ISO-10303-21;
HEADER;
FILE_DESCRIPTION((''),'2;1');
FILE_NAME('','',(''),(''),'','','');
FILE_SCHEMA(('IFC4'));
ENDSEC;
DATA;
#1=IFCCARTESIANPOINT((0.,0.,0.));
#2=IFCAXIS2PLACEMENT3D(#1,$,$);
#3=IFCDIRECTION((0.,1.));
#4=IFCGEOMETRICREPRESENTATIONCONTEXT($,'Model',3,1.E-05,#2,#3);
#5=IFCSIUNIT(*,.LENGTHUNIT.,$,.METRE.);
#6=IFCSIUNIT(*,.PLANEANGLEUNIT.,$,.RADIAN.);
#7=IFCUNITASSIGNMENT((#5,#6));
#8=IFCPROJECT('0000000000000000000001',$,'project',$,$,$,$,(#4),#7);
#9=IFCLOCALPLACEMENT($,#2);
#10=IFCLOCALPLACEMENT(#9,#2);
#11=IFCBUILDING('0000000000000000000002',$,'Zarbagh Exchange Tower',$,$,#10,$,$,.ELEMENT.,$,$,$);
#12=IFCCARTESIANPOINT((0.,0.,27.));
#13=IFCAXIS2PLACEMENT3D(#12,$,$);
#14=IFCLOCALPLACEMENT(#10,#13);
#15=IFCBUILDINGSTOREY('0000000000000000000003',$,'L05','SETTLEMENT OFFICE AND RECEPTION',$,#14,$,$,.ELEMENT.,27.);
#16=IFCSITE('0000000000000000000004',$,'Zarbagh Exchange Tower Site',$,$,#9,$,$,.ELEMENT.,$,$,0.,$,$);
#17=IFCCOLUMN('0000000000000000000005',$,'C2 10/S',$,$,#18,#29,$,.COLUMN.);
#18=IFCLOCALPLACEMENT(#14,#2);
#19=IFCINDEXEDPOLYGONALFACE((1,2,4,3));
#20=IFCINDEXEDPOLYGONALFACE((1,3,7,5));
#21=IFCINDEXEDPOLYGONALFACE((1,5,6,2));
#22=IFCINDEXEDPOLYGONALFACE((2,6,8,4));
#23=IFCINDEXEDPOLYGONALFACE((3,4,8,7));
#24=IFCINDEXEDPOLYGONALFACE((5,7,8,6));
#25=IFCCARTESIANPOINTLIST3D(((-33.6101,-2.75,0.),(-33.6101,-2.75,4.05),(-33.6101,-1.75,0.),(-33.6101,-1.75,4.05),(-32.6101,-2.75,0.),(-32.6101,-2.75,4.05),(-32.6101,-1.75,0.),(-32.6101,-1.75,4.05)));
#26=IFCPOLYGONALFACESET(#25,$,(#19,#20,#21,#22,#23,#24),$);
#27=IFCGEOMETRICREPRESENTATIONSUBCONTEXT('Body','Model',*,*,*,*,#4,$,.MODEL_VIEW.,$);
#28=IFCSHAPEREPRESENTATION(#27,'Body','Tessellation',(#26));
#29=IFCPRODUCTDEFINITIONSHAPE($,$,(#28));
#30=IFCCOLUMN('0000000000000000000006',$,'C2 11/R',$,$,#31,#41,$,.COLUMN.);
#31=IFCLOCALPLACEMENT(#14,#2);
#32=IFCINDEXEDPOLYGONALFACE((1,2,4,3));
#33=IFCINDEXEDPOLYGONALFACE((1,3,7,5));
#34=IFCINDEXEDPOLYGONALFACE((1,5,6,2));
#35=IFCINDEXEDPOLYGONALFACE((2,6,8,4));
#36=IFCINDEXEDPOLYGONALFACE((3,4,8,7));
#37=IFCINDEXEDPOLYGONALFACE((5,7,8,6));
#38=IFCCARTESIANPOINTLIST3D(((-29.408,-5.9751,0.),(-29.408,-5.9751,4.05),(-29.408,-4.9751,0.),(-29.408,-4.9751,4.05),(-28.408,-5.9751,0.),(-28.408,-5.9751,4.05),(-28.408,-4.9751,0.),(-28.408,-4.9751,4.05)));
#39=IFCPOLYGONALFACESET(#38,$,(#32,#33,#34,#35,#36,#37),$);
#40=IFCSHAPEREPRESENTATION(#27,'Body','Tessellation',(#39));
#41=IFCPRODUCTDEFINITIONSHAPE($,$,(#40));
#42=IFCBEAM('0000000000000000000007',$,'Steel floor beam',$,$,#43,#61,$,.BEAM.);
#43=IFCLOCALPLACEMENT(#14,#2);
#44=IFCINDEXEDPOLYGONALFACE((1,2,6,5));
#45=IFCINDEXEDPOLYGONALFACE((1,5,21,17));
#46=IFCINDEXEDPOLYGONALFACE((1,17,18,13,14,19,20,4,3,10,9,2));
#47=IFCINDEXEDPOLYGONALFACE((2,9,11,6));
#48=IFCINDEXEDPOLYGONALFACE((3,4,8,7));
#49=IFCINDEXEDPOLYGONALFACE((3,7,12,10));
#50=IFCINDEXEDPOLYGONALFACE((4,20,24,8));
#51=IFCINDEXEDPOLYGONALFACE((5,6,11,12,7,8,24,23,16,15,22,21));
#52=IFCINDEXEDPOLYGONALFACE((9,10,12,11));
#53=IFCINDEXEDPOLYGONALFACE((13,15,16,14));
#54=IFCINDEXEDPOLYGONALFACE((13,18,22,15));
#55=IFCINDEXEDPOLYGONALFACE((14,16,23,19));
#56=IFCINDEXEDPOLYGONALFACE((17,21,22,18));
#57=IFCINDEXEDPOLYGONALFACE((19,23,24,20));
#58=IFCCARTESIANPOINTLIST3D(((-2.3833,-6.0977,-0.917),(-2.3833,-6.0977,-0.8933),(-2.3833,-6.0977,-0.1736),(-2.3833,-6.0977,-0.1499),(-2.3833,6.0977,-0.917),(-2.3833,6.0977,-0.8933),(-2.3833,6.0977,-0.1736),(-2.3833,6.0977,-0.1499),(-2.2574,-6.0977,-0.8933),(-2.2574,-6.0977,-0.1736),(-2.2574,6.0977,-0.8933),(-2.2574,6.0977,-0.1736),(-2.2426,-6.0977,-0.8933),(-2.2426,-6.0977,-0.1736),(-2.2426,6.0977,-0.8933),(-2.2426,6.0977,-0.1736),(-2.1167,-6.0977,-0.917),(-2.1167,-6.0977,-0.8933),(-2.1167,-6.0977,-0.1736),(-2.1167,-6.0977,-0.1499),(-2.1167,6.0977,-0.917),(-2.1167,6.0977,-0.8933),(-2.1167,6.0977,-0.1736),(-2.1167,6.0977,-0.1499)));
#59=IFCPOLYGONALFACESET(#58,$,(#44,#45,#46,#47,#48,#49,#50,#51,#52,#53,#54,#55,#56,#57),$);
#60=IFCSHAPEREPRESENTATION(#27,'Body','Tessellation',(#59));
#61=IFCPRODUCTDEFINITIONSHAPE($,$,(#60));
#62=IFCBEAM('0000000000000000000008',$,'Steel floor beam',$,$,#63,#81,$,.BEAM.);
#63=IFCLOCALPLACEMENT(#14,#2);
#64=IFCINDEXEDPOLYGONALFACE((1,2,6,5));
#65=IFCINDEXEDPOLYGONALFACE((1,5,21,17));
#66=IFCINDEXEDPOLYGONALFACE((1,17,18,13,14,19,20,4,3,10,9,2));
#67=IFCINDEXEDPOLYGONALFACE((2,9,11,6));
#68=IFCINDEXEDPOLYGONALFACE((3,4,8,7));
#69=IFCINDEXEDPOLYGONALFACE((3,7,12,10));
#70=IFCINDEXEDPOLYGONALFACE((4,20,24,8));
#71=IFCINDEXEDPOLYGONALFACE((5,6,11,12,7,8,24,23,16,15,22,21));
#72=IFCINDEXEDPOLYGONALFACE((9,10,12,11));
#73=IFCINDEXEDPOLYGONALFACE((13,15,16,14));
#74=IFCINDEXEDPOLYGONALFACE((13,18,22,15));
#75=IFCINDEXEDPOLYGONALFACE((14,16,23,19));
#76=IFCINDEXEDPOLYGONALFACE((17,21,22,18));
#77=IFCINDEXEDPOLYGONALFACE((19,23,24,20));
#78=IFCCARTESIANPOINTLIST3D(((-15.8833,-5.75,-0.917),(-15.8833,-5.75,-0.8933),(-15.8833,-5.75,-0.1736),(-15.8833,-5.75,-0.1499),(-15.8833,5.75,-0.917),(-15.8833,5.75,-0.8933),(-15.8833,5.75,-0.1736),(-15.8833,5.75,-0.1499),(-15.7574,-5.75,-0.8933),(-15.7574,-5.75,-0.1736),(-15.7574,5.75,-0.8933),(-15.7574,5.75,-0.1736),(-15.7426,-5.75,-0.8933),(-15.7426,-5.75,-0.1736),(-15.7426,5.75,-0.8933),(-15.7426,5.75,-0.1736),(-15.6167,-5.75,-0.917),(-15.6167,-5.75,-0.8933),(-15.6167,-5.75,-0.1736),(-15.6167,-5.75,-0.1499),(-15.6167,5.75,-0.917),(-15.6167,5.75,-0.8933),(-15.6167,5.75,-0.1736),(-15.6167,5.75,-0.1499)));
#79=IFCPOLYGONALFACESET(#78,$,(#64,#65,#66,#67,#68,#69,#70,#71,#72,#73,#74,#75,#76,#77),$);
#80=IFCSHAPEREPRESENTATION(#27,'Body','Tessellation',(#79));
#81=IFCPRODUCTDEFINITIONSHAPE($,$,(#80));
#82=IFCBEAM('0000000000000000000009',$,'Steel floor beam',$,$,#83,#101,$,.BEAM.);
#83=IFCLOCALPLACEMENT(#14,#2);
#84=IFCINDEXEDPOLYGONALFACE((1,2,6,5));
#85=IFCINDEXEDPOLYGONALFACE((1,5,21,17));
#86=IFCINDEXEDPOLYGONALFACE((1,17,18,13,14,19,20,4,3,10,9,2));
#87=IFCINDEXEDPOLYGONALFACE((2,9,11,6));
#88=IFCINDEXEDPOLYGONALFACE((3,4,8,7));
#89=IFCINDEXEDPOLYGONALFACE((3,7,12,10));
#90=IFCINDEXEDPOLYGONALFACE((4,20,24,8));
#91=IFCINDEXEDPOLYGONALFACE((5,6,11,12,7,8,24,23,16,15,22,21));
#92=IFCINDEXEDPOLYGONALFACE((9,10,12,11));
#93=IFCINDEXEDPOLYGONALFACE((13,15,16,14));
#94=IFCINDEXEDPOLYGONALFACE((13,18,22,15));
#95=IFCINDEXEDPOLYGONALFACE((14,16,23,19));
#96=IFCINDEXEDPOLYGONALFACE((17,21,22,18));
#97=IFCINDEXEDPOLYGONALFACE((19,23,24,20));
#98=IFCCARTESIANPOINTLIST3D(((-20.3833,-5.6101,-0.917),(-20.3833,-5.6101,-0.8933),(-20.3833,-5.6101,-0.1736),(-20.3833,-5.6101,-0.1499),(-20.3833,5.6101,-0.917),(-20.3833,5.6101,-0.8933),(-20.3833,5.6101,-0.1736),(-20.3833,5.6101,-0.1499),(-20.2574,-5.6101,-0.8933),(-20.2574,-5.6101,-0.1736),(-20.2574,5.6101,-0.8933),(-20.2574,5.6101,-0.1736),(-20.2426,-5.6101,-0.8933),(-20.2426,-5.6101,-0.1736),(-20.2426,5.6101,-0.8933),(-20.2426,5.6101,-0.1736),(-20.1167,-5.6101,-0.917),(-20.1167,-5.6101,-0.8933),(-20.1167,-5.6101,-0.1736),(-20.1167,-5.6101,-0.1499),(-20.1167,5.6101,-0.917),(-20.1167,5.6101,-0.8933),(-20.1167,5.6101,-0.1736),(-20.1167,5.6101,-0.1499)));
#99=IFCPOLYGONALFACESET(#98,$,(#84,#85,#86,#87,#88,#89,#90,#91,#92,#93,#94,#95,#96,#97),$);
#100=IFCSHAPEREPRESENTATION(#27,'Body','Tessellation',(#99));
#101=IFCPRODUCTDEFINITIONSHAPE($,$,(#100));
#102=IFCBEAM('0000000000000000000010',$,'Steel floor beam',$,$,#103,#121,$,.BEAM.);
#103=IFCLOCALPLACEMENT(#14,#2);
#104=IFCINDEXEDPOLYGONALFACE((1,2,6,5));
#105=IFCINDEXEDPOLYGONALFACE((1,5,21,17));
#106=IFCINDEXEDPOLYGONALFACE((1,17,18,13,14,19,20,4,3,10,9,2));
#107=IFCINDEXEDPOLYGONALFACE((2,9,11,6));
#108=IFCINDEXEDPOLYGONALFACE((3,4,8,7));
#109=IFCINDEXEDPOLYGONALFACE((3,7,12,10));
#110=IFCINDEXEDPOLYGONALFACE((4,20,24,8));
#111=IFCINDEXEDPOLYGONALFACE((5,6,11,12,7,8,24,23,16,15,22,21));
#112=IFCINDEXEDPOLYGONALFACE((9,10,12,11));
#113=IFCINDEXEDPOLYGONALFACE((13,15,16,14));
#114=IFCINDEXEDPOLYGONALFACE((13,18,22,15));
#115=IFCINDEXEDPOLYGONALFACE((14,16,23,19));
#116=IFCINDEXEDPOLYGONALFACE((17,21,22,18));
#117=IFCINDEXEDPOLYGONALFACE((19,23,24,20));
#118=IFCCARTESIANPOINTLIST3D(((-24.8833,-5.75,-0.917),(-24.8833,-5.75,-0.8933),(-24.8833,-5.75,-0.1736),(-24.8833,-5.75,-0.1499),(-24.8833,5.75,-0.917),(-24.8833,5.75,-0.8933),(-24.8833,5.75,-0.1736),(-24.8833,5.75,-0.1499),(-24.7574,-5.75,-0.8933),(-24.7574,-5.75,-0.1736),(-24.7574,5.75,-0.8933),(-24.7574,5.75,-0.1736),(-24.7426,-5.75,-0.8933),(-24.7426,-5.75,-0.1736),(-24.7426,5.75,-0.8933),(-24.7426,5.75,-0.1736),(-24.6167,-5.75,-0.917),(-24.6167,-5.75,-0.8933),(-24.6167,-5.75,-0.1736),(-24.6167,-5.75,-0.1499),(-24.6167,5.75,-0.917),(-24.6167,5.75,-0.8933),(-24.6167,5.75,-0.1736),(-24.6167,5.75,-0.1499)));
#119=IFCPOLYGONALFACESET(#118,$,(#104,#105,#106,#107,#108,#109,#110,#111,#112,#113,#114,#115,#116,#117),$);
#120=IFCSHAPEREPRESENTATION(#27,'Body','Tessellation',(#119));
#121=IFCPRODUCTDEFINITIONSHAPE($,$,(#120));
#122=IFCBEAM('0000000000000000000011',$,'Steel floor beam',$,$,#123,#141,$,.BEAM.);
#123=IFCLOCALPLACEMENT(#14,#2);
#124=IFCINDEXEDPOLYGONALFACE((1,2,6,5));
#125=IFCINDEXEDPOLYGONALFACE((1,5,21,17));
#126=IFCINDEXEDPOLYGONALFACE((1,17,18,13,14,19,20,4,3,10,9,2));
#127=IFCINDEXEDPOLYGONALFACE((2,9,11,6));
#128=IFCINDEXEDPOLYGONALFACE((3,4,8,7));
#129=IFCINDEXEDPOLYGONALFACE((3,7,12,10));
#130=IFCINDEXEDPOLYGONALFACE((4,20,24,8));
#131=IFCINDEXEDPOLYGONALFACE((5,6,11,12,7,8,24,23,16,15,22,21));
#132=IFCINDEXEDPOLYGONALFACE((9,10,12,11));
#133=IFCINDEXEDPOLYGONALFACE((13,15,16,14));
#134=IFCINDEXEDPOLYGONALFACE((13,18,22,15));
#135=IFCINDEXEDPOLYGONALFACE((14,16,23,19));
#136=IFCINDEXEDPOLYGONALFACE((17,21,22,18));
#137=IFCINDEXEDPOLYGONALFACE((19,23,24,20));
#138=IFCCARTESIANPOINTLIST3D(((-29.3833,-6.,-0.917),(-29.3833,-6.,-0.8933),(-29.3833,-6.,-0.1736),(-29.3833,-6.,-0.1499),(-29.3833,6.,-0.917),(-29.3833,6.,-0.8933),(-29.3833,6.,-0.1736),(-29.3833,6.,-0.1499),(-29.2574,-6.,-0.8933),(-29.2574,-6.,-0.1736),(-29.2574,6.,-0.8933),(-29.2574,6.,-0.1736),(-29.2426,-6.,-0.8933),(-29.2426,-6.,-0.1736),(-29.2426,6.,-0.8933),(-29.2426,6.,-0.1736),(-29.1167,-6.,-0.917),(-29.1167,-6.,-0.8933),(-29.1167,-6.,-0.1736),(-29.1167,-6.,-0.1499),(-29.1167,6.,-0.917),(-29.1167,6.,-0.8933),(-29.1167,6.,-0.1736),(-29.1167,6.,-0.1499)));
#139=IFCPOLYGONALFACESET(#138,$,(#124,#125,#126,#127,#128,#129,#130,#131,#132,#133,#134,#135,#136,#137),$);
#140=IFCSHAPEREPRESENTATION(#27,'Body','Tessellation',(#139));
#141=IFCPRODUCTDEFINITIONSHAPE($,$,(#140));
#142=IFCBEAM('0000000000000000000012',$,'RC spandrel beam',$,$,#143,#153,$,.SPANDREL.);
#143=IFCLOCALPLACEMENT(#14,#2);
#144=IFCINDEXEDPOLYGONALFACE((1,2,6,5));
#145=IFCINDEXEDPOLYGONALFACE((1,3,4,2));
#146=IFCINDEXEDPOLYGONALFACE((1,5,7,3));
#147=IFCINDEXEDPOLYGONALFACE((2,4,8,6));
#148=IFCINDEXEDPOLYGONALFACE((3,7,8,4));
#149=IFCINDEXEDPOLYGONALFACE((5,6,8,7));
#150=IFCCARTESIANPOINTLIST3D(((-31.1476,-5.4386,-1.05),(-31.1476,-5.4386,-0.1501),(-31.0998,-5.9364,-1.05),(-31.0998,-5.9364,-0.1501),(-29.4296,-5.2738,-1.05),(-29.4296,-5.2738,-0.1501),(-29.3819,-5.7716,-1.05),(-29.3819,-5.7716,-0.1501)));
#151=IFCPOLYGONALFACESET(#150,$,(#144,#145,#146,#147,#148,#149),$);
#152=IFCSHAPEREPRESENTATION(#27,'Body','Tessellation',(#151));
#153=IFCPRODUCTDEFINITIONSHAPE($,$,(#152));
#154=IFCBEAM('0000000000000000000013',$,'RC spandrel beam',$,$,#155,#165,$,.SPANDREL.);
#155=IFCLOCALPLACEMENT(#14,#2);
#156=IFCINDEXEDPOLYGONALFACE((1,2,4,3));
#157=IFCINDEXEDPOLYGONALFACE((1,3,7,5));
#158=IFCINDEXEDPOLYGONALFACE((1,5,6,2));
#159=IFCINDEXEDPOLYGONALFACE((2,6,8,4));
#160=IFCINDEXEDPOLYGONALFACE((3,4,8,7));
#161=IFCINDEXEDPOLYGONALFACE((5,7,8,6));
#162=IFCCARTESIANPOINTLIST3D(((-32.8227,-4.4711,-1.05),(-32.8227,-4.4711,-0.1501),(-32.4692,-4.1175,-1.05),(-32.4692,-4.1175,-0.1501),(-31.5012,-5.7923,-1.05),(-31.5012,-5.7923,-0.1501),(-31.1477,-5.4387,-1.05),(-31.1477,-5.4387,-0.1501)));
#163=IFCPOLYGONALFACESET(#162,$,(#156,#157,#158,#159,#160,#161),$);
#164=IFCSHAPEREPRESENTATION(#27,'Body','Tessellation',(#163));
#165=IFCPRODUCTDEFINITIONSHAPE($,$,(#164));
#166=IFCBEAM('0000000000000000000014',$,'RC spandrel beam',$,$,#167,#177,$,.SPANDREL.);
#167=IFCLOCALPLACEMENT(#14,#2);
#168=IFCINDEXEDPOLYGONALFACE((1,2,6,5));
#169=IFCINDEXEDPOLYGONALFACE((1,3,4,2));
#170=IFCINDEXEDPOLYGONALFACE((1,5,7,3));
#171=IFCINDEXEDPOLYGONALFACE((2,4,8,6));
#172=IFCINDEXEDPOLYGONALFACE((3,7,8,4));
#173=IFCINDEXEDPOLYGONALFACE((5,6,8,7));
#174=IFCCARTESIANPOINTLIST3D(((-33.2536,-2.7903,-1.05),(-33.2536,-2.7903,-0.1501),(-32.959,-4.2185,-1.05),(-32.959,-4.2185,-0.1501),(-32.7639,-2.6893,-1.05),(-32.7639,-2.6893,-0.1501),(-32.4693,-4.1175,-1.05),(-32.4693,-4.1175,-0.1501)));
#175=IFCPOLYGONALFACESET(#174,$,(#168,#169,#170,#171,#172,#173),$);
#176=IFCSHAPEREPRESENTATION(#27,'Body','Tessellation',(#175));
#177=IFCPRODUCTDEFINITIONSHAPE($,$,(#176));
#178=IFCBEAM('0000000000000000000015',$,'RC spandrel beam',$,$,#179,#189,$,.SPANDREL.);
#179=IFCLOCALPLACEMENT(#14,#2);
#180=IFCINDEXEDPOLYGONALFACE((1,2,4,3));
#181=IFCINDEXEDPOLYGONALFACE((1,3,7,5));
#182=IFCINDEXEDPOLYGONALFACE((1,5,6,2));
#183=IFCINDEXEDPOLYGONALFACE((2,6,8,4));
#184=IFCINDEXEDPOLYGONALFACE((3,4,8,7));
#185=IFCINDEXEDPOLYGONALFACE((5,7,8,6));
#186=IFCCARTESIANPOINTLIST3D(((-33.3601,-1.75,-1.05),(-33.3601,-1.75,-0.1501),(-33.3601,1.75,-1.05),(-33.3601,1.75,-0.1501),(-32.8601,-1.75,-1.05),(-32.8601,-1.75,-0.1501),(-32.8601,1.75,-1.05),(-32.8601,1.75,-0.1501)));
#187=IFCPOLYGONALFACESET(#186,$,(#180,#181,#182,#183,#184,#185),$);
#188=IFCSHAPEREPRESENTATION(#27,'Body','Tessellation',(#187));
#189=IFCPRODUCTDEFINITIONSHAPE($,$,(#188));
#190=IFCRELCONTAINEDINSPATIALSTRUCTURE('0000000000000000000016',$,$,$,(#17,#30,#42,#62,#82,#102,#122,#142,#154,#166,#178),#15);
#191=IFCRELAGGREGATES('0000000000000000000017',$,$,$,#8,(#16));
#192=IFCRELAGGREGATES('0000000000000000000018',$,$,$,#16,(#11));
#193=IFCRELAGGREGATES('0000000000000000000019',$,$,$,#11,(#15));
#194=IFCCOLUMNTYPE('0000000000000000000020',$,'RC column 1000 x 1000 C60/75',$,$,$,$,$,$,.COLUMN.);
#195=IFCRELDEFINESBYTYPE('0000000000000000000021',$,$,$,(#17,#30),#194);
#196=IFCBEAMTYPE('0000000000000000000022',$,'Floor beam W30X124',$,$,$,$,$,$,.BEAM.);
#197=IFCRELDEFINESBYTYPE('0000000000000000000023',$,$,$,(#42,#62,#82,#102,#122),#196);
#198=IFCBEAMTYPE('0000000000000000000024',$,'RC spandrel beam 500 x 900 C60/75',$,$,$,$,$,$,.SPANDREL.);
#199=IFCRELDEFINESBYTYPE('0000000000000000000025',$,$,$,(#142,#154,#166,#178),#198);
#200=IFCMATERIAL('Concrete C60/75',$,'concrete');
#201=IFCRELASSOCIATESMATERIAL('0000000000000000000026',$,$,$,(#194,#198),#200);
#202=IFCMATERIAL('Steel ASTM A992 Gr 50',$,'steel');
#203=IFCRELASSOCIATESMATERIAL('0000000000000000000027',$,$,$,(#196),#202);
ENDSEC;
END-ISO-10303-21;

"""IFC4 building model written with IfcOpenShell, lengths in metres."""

from ifc_helpers import new_model, si_unit, direction, frame, origin, origin_2d, place, context, subcontext, project, spatial, rectangle, i_section, extrude, material, material_profile, profile_set, type_object, element, save


model = new_model("IFC4")

# Units and contexts
model_context = context("Model", 3, precision=1e-05, world=origin(), true_north=direction((0.0, 1.0)))
body_context = subcontext(model_context, "Body", "Model", "MODEL_VIEW")
ifc_project = project(units=[si_unit("LENGTHUNIT", "METRE"), si_unit("PLANEANGLEUNIT", "RADIAN")], contexts=[model_context])

# Site, building, storey
site_placement = place(None, origin())
site = spatial("IfcSite", under=ifc_project, at=site_placement, Name="Zarbagh Exchange Tower Site", CompositionType="ELEMENT", RefElevation=0.0)
building_placement = place(site_placement, origin())
building = spatial("IfcBuilding", under=site, at=building_placement, Name="Zarbagh Exchange Tower", CompositionType="ELEMENT")
storey_placement = place(building_placement, frame((0.0, 0.0, 27.0)))
storey = spatial("IfcBuildingStorey", under=building, at=storey_placement, Name="L05", Description="SETTLEMENT OFFICE AND RECEPTION", CompositionType="ELEMENT", Elevation=27.0)

# Columns
ifc_material_1 = material(Name="Concrete C60/75", Category="concrete")
ifc_material_profile_1 = material_profile(ifc_material_1, rectangle(XDim=1.0, YDim=1.0, at=origin_2d()), Name="RC column 1000 x 1000 C60/75")
ifc_profile_set_1 = profile_set([ifc_material_profile_1], Name="Concrete C60/75")
column_type = type_object("IfcColumnType", Name="RC column 1000 x 1000 C60/75", PredefinedType="COLUMN", material=ifc_profile_set_1)
for number, where, z_axis, x_axis, name in (
    (1, (-33.1101, -2.25, 0.0), (0.0, 0.0, 1.0), (1.0, 0.0, 0.0), "C2 10/S"),
    (2, (-28.908, -5.4751, 0.0), (0.0, 0.0, 1.0), (1.0, 0.0, 0.0), "C2 11/R"),
):
    element("IfcColumn", number, at=place(storey_placement, frame(where, z_axis=z_axis, x_axis=x_axis)), inside=storey, type_object=column_type, Name=name, PredefinedType="COLUMN", context=body_context, shape_type="SweptSolid", body=[
        extrude(rectangle(XDim=1.0, YDim=1.0, at=origin_2d()), origin(), (0.0, 0.0, 1.0), 4.05),
    ])

# Beams
ifc_material_2 = material(Name="Steel ASTM A992 Gr 50", Category="steel")
ifc_material_profile_2 = material_profile(ifc_material_2, i_section(OverallWidth=0.2666, OverallDepth=0.7671, WebThickness=0.0149, FlangeThickness=0.0237, at=origin_2d()), Name="W30X124")
ifc_profile_set_2 = profile_set([ifc_material_profile_2], Name="Steel ASTM A992 Gr 50")
beam_type_1 = type_object("IfcBeamType", Name="Floor beam W30X124", PredefinedType="BEAM", material=ifc_profile_set_2)
beam_1_placement = place(storey_placement, frame((-2.25, -6.0977, -0.5334), z_axis=(0.0, 1.0, 0.0), x_axis=(-1.0, 0.0, 0.0)))
element("IfcBeam", 3, at=beam_1_placement, inside=storey, type_object=beam_type_1, Name="Steel floor beam", PredefinedType="BEAM", context=body_context, shape_type="SweptSolid", body=[
    extrude(i_section(OverallWidth=0.2666, OverallDepth=0.7671, WebThickness=0.0149, FlangeThickness=0.0237, at=origin_2d()), origin(), (0.0, 0.0, 1.0), 12.1953),
])
beam_2_placement = place(storey_placement, frame((-15.75, -5.75, -0.5334), z_axis=(0.0, 1.0, 0.0), x_axis=(-1.0, 0.0, 0.0)))
element("IfcBeam", 4, at=beam_2_placement, inside=storey, type_object=beam_type_1, Name="Steel floor beam", PredefinedType="BEAM", context=body_context, shape_type="SweptSolid", body=[
    extrude(i_section(OverallWidth=0.2666, OverallDepth=0.7671, WebThickness=0.0149, FlangeThickness=0.0237, at=origin_2d()), origin(), (0.0, 0.0, 1.0), 11.5),
])
beam_3_placement = place(storey_placement, frame((-20.25, -5.6101, -0.5334), z_axis=(0.0, 1.0, 0.0), x_axis=(-1.0, 0.0, 0.0)))
element("IfcBeam", 5, at=beam_3_placement, inside=storey, type_object=beam_type_1, Name="Steel floor beam", PredefinedType="BEAM", context=body_context, shape_type="SweptSolid", body=[
    extrude(i_section(OverallWidth=0.2666, OverallDepth=0.7671, WebThickness=0.0149, FlangeThickness=0.0237, at=origin_2d()), origin(), (0.0, 0.0, 1.0), 11.2202),
])
beam_4_placement = place(storey_placement, frame((-24.75, -5.75, -0.5334), z_axis=(0.0, 1.0, 0.0), x_axis=(-1.0, 0.0, 0.0)))
element("IfcBeam", 6, at=beam_4_placement, inside=storey, type_object=beam_type_1, Name="Steel floor beam", PredefinedType="BEAM", context=body_context, shape_type="SweptSolid", body=[
    extrude(i_section(OverallWidth=0.2666, OverallDepth=0.7671, WebThickness=0.0149, FlangeThickness=0.0237, at=origin_2d()), origin(), (0.0, 0.0, 1.0), 11.5),
])
beam_5_placement = place(storey_placement, frame((-29.25, -6.0, -0.5334), z_axis=(0.0, 1.0, 0.0), x_axis=(-1.0, 0.0, 0.0)))
element("IfcBeam", 7, at=beam_5_placement, inside=storey, type_object=beam_type_1, Name="Steel floor beam", PredefinedType="BEAM", context=body_context, shape_type="SweptSolid", body=[
    extrude(i_section(OverallWidth=0.2666, OverallDepth=0.7671, WebThickness=0.0149, FlangeThickness=0.0237, at=origin_2d()), origin(), (0.0, 0.0, 1.0), 12.0),
])
ifc_material_profile_3 = material_profile(ifc_material_1, rectangle(XDim=0.5, YDim=0.8999, at=origin_2d()), Name="RC spandrel beam 500 x 900 C60/75")
ifc_profile_set_3 = profile_set([ifc_material_profile_3], Name="Concrete C60/75")
beam_type_2 = type_object("IfcBeamType", Name="RC spandrel beam 500 x 900 C60/75", PredefinedType="SPANDREL", material=ifc_profile_set_3)
beam_6_placement = place(storey_placement, frame((-29.4058, -5.5227, -0.6001), z_axis=(-0.995431, -0.095483, 0.0), x_axis=(0.095483, -0.995431, 0.0)))
element("IfcBeam", 8, at=beam_6_placement, inside=storey, type_object=beam_type_2, Name="RC spandrel beam", PredefinedType="SPANDREL", context=body_context, shape_type="SweptSolid", body=[
    extrude(rectangle(XDim=0.5, YDim=0.8999, at=origin_2d()), origin(), (0.0, 0.0, 1.0), 1.7258),
])
beam_7_placement = place(storey_placement, frame((-31.3245, -5.6155, -0.6001), z_axis=(-0.707172, 0.707041, 0.0), x_axis=(-0.707041, -0.707172, 0.0)))
element("IfcBeam", 9, at=beam_7_placement, inside=storey, type_object=beam_type_2, Name="RC spandrel beam", PredefinedType="SPANDREL", context=body_context, shape_type="SweptSolid", body=[
    extrude(rectangle(XDim=0.5, YDim=0.8999, at=origin_2d()), origin(), (0.0, 0.0, 1.0), 1.8687),
])
beam_8_placement = place(storey_placement, frame((-32.7141, -4.168, -0.6001), z_axis=(-0.202069, 0.979371, 0.0), x_axis=(-0.979371, -0.202069, 0.0)))
element("IfcBeam", 10, at=beam_8_placement, inside=storey, type_object=beam_type_2, Name="RC spandrel beam", PredefinedType="SPANDREL", context=body_context, shape_type="SweptSolid", body=[
    extrude(rectangle(XDim=0.5, YDim=0.8999, at=origin_2d()), origin(), (0.0, 0.0, 1.0), 1.4583),
])
beam_9_placement = place(storey_placement, frame((-33.1101, -1.75, -0.6001), z_axis=(0.0, 1.0, 0.0), x_axis=(-1.0, 0.0, 0.0)))
element("IfcBeam", 11, at=beam_9_placement, inside=storey, type_object=beam_type_2, Name="RC spandrel beam", PredefinedType="SPANDREL", context=body_context, shape_type="SweptSolid", body=[
    extrude(rectangle(XDim=0.5, YDim=0.8999, at=origin_2d()), origin(), (0.0, 0.0, 1.0), 3.5),
])

save(model, "model.ifc")
